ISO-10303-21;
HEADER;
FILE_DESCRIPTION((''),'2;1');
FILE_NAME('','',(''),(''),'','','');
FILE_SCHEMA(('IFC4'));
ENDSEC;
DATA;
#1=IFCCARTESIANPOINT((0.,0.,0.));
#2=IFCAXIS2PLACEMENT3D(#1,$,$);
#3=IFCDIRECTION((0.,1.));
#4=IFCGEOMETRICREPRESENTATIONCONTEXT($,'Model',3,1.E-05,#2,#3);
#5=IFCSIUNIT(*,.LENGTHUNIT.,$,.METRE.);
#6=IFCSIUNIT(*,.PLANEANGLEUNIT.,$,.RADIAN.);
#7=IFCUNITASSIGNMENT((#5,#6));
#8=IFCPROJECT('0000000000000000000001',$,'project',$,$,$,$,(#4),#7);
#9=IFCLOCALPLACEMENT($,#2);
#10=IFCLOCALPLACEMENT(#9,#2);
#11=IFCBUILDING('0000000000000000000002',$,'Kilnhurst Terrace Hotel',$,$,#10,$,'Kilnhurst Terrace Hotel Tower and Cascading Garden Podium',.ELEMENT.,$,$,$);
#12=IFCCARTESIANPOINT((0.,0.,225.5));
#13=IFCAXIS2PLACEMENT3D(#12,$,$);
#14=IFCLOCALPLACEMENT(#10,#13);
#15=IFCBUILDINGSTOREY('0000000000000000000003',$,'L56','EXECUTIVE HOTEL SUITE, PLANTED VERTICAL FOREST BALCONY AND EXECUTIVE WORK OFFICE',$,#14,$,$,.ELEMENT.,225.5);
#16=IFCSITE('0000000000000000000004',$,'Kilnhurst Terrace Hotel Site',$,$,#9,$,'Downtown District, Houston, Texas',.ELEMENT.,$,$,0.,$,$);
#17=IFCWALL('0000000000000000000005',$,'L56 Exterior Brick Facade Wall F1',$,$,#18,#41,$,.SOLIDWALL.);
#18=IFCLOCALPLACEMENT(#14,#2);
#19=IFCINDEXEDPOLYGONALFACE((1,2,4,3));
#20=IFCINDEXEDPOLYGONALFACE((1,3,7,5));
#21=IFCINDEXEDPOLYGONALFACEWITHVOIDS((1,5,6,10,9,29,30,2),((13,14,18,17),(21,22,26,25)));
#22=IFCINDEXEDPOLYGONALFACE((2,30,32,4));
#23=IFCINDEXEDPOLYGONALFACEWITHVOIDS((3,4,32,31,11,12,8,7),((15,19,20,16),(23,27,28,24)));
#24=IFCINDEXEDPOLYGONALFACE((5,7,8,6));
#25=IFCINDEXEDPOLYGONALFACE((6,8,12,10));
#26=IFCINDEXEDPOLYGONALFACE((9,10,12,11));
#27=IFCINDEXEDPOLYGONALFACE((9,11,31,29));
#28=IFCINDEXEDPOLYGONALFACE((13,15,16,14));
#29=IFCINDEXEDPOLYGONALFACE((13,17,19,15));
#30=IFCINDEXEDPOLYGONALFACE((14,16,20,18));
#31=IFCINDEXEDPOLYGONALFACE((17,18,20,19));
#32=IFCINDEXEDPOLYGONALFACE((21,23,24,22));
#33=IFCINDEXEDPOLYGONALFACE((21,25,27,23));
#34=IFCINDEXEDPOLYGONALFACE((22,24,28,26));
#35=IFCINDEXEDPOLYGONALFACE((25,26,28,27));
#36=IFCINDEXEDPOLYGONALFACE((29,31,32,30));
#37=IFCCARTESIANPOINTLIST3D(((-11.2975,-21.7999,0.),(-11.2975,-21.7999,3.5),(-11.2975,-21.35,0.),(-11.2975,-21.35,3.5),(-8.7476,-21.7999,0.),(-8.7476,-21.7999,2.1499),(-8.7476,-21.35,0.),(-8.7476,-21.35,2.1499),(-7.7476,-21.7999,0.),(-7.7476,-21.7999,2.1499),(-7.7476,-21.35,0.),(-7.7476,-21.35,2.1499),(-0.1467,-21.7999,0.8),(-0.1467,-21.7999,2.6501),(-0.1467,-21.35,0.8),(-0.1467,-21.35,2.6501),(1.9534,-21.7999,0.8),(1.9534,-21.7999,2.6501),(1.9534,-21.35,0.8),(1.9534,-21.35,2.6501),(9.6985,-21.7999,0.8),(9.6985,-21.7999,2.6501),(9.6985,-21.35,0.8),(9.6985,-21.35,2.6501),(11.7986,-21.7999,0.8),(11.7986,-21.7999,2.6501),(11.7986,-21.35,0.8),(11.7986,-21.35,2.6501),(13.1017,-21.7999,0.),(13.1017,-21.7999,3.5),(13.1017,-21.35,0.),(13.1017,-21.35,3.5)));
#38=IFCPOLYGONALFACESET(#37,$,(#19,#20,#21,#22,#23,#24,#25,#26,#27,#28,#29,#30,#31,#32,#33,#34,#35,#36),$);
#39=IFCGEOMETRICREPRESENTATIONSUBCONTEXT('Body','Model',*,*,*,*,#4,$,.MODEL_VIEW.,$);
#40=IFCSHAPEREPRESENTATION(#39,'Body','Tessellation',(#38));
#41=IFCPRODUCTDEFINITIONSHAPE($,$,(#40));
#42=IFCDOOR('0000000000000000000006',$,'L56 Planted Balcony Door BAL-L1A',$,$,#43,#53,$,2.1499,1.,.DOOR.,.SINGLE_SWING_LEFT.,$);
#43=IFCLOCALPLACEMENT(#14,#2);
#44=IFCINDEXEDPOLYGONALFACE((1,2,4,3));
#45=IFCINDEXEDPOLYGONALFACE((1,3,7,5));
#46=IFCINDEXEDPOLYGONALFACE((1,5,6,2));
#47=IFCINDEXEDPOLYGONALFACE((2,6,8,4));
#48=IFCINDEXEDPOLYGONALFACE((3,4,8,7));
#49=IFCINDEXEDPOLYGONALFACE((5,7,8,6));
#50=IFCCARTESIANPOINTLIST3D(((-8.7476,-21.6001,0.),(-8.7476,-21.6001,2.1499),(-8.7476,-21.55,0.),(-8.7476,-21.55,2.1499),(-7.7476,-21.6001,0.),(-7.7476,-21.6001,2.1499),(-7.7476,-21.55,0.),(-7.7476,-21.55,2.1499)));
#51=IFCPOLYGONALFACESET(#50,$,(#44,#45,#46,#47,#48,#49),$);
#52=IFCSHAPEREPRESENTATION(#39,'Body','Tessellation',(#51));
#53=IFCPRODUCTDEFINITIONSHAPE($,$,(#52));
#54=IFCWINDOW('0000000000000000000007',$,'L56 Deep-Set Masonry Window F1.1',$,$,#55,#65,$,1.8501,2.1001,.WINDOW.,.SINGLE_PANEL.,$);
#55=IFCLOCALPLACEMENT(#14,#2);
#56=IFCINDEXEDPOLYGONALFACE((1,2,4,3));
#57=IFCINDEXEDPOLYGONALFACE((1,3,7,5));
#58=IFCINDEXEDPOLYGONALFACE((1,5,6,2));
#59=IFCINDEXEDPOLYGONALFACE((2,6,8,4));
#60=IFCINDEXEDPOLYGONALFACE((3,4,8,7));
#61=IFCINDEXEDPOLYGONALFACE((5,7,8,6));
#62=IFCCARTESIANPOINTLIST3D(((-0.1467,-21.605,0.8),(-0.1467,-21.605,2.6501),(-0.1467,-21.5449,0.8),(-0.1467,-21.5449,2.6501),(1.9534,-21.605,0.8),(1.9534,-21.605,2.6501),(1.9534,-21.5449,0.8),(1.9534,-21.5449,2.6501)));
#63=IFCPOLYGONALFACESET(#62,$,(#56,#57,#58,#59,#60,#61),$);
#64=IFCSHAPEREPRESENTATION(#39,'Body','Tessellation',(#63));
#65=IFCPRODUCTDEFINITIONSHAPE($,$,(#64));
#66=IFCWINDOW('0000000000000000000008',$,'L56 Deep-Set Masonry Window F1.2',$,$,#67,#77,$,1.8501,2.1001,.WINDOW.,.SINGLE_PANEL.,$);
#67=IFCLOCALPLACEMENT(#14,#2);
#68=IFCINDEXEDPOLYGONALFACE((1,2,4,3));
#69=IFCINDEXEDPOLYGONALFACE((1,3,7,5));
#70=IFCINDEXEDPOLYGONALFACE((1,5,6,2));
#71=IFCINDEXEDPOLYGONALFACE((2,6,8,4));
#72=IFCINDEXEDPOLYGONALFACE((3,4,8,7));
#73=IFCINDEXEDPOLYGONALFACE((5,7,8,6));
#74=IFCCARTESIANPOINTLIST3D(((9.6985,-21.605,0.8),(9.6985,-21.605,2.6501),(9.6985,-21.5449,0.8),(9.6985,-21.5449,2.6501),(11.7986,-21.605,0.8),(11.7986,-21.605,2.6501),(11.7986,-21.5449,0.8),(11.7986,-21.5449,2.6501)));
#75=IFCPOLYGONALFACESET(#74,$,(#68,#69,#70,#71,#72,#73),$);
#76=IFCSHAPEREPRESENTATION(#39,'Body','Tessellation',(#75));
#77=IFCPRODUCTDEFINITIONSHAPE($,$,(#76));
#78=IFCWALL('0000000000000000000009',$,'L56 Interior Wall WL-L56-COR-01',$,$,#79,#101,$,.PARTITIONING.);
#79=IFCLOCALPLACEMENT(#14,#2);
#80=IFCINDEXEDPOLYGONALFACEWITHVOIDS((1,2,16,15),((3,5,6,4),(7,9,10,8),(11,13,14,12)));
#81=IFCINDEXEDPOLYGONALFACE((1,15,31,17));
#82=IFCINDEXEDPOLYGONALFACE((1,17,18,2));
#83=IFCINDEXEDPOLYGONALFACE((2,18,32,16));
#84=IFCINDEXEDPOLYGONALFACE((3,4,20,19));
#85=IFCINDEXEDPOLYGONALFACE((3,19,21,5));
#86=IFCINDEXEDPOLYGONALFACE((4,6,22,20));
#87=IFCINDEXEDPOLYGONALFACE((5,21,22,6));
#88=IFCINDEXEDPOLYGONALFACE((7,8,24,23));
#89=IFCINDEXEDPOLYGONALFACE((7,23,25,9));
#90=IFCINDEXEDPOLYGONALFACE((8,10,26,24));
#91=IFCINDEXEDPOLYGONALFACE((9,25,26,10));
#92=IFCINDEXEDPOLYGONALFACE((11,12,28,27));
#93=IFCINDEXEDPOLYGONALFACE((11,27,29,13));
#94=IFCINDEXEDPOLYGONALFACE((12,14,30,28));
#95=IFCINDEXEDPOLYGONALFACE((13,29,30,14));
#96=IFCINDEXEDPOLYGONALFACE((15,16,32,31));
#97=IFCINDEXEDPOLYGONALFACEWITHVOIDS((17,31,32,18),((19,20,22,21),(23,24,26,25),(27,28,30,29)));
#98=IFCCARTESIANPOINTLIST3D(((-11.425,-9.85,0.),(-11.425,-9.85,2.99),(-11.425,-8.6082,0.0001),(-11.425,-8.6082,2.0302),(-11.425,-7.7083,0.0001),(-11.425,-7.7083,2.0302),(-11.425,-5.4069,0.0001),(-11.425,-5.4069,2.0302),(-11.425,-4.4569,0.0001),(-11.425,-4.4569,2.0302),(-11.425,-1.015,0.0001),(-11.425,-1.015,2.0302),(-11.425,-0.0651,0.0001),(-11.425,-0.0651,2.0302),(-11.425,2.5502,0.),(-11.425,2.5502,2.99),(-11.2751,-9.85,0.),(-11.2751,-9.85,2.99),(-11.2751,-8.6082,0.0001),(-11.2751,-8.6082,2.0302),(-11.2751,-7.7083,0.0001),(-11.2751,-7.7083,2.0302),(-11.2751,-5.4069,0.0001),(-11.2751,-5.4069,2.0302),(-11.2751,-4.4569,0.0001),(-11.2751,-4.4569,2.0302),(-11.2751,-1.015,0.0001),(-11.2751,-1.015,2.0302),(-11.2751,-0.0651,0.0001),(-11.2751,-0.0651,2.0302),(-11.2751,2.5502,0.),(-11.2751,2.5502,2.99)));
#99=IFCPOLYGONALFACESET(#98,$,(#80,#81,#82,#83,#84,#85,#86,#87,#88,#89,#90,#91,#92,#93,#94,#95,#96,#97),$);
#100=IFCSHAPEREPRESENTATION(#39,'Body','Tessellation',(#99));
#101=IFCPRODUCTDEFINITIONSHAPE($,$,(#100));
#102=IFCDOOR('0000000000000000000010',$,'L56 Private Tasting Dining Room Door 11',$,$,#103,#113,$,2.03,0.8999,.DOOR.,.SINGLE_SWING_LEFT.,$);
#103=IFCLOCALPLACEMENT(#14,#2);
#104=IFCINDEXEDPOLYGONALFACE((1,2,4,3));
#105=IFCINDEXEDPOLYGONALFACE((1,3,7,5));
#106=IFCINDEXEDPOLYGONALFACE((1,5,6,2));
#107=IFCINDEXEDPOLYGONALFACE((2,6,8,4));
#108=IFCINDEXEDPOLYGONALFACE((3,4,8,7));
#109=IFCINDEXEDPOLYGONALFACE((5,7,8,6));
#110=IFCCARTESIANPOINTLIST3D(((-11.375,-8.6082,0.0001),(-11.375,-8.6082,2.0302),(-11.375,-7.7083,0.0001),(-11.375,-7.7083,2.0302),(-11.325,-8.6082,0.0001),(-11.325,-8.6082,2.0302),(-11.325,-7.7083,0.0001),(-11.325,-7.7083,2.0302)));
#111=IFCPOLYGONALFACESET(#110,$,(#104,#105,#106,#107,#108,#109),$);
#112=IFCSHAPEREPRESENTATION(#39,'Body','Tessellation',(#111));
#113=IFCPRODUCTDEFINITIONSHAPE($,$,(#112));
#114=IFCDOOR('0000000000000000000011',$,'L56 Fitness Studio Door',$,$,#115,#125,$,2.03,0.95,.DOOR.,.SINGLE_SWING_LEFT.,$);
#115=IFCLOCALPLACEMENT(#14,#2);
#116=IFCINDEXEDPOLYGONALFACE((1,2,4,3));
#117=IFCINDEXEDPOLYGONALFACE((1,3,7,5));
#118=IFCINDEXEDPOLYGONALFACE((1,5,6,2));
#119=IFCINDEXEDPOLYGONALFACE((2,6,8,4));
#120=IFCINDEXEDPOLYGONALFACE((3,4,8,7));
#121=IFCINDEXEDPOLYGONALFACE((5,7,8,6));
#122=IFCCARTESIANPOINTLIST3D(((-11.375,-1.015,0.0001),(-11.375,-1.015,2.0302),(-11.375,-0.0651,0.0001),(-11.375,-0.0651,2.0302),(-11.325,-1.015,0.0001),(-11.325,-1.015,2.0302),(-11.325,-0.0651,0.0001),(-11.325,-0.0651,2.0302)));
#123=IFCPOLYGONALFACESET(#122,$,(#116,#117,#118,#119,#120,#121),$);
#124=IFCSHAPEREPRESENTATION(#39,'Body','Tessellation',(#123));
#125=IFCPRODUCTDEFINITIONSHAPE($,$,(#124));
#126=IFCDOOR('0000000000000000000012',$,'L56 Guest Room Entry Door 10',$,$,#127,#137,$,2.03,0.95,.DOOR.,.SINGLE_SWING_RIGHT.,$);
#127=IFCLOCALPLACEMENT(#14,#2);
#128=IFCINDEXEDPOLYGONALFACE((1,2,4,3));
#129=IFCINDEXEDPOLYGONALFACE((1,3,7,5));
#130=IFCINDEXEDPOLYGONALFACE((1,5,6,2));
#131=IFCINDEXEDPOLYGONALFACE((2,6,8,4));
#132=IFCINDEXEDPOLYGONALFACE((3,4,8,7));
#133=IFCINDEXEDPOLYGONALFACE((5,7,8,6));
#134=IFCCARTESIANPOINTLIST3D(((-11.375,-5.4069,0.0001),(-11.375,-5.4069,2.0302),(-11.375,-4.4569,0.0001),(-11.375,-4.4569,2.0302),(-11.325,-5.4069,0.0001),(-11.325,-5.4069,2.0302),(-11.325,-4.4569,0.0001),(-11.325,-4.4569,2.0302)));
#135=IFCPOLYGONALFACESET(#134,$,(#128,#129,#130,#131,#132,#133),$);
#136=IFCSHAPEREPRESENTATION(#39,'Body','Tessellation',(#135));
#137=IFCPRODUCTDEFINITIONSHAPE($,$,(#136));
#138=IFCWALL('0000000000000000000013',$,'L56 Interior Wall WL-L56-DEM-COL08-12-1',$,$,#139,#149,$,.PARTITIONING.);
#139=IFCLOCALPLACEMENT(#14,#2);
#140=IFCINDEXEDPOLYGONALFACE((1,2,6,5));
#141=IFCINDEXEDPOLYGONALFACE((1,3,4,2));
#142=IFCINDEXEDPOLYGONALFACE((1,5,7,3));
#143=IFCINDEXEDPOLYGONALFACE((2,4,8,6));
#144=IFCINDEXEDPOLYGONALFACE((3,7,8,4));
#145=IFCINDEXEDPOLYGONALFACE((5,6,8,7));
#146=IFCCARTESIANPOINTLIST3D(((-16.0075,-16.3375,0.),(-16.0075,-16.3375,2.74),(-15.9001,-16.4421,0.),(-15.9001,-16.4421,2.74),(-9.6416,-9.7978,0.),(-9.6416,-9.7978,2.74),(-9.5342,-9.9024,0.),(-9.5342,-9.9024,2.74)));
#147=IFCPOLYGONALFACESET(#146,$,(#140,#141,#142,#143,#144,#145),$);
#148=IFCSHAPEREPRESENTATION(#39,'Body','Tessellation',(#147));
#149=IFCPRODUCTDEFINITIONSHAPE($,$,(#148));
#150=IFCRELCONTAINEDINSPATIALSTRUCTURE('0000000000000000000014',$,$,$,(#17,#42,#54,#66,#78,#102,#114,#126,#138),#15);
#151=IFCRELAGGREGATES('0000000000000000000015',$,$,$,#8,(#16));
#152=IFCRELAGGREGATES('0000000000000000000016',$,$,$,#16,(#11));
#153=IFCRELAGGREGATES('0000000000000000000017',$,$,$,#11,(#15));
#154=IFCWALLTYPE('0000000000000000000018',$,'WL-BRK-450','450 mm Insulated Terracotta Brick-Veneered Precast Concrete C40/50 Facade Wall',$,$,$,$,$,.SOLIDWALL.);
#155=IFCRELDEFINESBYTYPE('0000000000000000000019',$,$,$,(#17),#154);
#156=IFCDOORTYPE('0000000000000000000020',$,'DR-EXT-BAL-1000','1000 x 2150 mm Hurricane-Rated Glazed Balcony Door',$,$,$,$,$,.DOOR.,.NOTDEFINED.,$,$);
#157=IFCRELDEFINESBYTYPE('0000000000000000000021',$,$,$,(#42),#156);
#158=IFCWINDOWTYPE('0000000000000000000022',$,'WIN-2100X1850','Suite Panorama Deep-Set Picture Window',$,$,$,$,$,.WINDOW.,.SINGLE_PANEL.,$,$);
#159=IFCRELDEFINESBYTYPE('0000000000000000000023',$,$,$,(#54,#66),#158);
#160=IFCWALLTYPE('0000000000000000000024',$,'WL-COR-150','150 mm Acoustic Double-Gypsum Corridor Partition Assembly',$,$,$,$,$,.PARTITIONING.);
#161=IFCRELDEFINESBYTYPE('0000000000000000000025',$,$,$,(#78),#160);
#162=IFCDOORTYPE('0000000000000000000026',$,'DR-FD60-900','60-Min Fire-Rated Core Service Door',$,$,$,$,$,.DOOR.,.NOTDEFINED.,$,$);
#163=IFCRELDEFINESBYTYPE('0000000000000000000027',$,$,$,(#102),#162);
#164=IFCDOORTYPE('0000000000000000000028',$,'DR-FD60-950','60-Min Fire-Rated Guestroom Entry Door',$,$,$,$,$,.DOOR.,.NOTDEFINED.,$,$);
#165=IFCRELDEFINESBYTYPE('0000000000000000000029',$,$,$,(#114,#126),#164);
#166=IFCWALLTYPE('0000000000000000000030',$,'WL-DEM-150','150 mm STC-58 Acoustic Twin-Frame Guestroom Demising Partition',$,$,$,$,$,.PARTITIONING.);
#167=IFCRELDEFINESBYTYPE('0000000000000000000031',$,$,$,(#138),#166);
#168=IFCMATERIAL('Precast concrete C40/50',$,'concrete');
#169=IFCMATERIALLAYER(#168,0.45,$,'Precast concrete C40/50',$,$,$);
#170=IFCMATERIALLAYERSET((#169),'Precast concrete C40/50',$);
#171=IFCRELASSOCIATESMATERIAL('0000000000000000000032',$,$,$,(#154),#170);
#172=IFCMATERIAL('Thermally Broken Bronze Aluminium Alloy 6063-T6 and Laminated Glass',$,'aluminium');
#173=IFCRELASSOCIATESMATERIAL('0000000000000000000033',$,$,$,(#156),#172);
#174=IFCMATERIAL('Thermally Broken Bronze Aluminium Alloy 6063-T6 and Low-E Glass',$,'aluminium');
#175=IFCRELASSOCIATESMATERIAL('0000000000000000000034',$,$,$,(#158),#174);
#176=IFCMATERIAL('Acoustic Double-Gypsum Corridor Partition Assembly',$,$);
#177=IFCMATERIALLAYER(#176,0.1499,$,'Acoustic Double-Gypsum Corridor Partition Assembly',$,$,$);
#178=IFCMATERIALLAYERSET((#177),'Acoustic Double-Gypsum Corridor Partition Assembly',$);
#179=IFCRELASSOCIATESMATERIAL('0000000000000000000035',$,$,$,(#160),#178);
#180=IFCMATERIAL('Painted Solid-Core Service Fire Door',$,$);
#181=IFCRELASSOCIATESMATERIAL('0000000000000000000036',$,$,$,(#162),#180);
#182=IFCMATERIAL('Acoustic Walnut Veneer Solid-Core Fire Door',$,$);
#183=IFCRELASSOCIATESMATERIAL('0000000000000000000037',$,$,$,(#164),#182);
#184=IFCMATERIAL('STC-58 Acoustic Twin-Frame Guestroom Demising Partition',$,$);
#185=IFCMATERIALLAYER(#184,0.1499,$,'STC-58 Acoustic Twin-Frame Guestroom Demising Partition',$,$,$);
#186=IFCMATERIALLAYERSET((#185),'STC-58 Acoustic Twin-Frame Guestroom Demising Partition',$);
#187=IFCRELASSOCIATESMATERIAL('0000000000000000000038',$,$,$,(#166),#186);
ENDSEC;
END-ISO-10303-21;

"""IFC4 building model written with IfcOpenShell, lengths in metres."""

from ifc_helpers import new_model, si_unit, direction, frame, frame_2d, origin, place, context, subcontext, project, spatial, rectangle, extrude, material, layer, layer_set, type_object, element, fill, save


model = new_model("IFC4")

# Units and contexts
model_context = context("Model", 3, precision=1e-05, world=origin(), true_north=direction((0.0, 1.0)))
body_context = subcontext(model_context, "Body", "Model", "MODEL_VIEW")
ifc_project = project(units=[si_unit("LENGTHUNIT", "METRE"), si_unit("PLANEANGLEUNIT", "RADIAN")], contexts=[model_context])

# Site, building, storey
site_placement = place(None, origin())
site = spatial("IfcSite", under=ifc_project, at=site_placement, Name="Kilnhurst Terrace Hotel Site", LongName="Downtown District, Houston, Texas", CompositionType="ELEMENT", RefElevation=0.0)
building_placement = place(site_placement, origin())
building = spatial("IfcBuilding", under=site, at=building_placement, Name="Kilnhurst Terrace Hotel", LongName="Kilnhurst Terrace Hotel Tower and Cascading Garden Podium", CompositionType="ELEMENT")
storey_placement = place(building_placement, frame((0.0, 0.0, 225.5)))
storey = spatial("IfcBuildingStorey", under=building, at=storey_placement, Name="L56", Description="EXECUTIVE HOTEL SUITE, PLANTED VERTICAL FOREST BALCONY AND EXECUTIVE WORK OFFICE", CompositionType="ELEMENT", Elevation=225.5)

# Shared definitions
ifc_material_1 = material(Name="Precast concrete C40/50", Category="concrete")
ifc_layer_1 = layer(ifc_material_1, 0.45, Name="Precast concrete C40/50")
ifc_layer_set_1 = layer_set([ifc_layer_1], Name="Precast concrete C40/50")
wall_type_1 = type_object("IfcWallType", Name="WL-BRK-450", Description="450 mm Insulated Terracotta Brick-Veneered Precast Concrete C40/50 Facade Wall", PredefinedType="SOLIDWALL", material=ifc_layer_set_1)

# Wall, openings, door, windows
wall_1_placement = place(storey_placement, frame((-11.2976, -21.575, 0.0), z_axis=(0.0, 0.0, 1.0), x_axis=(1.0, 0.0, 0.0)))
wall_1 = element("IfcWall", 1, at=wall_1_placement, inside=storey, type_object=wall_type_1, Name="L56 Exterior Brick Facade Wall F1", PredefinedType="SOLIDWALL", context=body_context, shape_type="SweptSolid", body=[
    extrude(rectangle(XDim=24.3992, YDim=0.45, at=frame_2d((12.1997, 0.0))), origin(), (0.0, 0.0, 1.0), 3.5),
])
opening_1_placement = place(wall_1_placement, frame((2.55, 0.0, 0.0)))
opening_1 = element("IfcOpeningElement", 2, at=opening_1_placement, cuts=wall_1, PredefinedType="OPENING", context=body_context, shape_type="SweptSolid", body=[
    extrude(rectangle(XDim=1.0, YDim=2.1499, at=frame_2d((0.5, 1.075))), frame((0.0, 0.2349, 0.0), z_axis=(0.0, -1.0, 0.0), x_axis=(1.0, 0.0, 0.0)), (0.0, 0.0, 1.0), 0.47),
])
opening_2_placement = place(wall_1_placement, frame((11.1509, 0.0, 0.8)))
opening_2 = element("IfcOpeningElement", 3, at=opening_2_placement, cuts=wall_1, PredefinedType="OPENING", context=body_context, shape_type="SweptSolid", body=[
    extrude(rectangle(XDim=2.1001, YDim=1.8501, at=frame_2d((1.05, 0.925))), frame((0.0, 0.2349, 0.0), z_axis=(0.0, -1.0, 0.0), x_axis=(1.0, 0.0, 0.0)), (0.0, 0.0, 1.0), 0.47),
])
opening_3_placement = place(wall_1_placement, frame((20.9961, 0.0, 0.8)))
opening_3 = element("IfcOpeningElement", 4, at=opening_3_placement, cuts=wall_1, PredefinedType="OPENING", context=body_context, shape_type="SweptSolid", body=[
    extrude(rectangle(XDim=2.1001, YDim=1.8501, at=frame_2d((1.05, 0.925))), frame((0.0, 0.2349, 0.0), z_axis=(0.0, -1.0, 0.0), x_axis=(1.0, 0.0, 0.0)), (0.0, 0.0, 1.0), 0.47),
])
ifc_material_2 = material(Name="Thermally Broken Bronze Aluminium Alloy 6063-T6 and Laminated Glass", Category="aluminium")
door_type_1 = type_object("IfcDoorType", Name="DR-EXT-BAL-1000", Description="1000 x 2150 mm Hurricane-Rated Glazed Balcony Door", OperationType="NOTDEFINED", PredefinedType="DOOR", material=ifc_material_2)
door_1_placement = place(opening_1_placement, origin())
door_1 = element("IfcDoor", 5, at=door_1_placement, inside=storey, type_object=door_type_1, Name="L56 Planted Balcony Door BAL-L1A", OperationType="SINGLE_SWING_LEFT", OverallHeight=2.1499, OverallWidth=1.0, PredefinedType="DOOR", context=body_context, shape_type="SweptSolid", body=[
    extrude(rectangle(XDim=1.0, YDim=2.1499, at=frame_2d((0.5, 1.075))), frame((0.0, 0.0249, 0.0), z_axis=(0.0, -1.0, 0.0), x_axis=(1.0, 0.0, 0.0)), (0.0, 0.0, 1.0), 0.05),
])
fill(opening_1, door_1)
ifc_material_3 = material(Name="Thermally Broken Bronze Aluminium Alloy 6063-T6 and Low-E Glass", Category="aluminium")
window_type = type_object("IfcWindowType", Name="WIN-2100X1850", Description="Suite Panorama Deep-Set Picture Window", PartitioningType="SINGLE_PANEL", PredefinedType="WINDOW", material=ifc_material_3)
window_1_placement = place(opening_2_placement, origin())
window_1 = element("IfcWindow", 6, at=window_1_placement, inside=storey, type_object=window_type, Name="L56 Deep-Set Masonry Window F1.1", OverallHeight=1.8501, OverallWidth=2.1001, PartitioningType="SINGLE_PANEL", PredefinedType="WINDOW", context=body_context, shape_type="SweptSolid", body=[
    extrude(rectangle(XDim=2.1001, YDim=1.8501, at=frame_2d((1.05, 0.925))), frame((0.0, 0.03, 0.0), z_axis=(0.0, -1.0, 0.0), x_axis=(1.0, 0.0, 0.0)), (0.0, 0.0, 1.0), 0.0601),
])
fill(opening_2, window_1)
window_2_placement = place(opening_3_placement, origin())
window_2 = element("IfcWindow", 7, at=window_2_placement, inside=storey, type_object=window_type, Name="L56 Deep-Set Masonry Window F1.2", OverallHeight=1.8501, OverallWidth=2.1001, PartitioningType="SINGLE_PANEL", PredefinedType="WINDOW", context=body_context, shape_type="SweptSolid", body=[
    extrude(rectangle(XDim=2.1001, YDim=1.8501, at=frame_2d((1.05, 0.925))), frame((0.0, 0.03, 0.0), z_axis=(0.0, -1.0, 0.0), x_axis=(1.0, 0.0, 0.0)), (0.0, 0.0, 1.0), 0.0601),
])
fill(opening_3, window_2)

# Wall, openings, doors
ifc_material_4 = material(Name="Acoustic Double-Gypsum Corridor Partition Assembly")
ifc_layer_2 = layer(ifc_material_4, 0.1499, Name="Acoustic Double-Gypsum Corridor Partition Assembly")
ifc_layer_set_2 = layer_set([ifc_layer_2], Name="Acoustic Double-Gypsum Corridor Partition Assembly")
wall_type_2 = type_object("IfcWallType", Name="WL-COR-150", Description="150 mm Acoustic Double-Gypsum Corridor Partition Assembly", PredefinedType="PARTITIONING", material=ifc_layer_set_2)
wall_2_placement = place(storey_placement, frame((-11.3501, -9.8501, 0.0), z_axis=(0.0, 0.0, 1.0), x_axis=(0.0, 1.0, 0.0)))
wall_2 = element("IfcWall", 8, at=wall_2_placement, inside=storey, type_object=wall_type_2, Name="L56 Interior Wall WL-L56-COR-01", PredefinedType="PARTITIONING", context=body_context, shape_type="SweptSolid", body=[
    extrude(rectangle(XDim=12.4001, YDim=0.1499, at=frame_2d((6.2002, 0.0))), origin(), (0.0, 0.0, 1.0), 2.99),
])
opening_4_placement = place(wall_2_placement, frame((8.835, 0.0, 0.0)))
opening_4 = element("IfcOpeningElement", 9, at=opening_4_placement, cuts=wall_2, PredefinedType="OPENING", context=body_context, shape_type="SweptSolid", body=[
    extrude(rectangle(XDim=0.95, YDim=2.03, at=frame_2d((0.4751, 1.0151))), frame((0.0, 0.085, 0.0), z_axis=(0.0, -1.0, 0.0), x_axis=(1.0, 0.0, 0.0)), (0.0, 0.0, 1.0), 0.1699),
])
opening_5_placement = place(wall_2_placement, frame((4.4431, 0.0, 0.0)))
opening_5 = element("IfcOpeningElement", 10, at=opening_5_placement, cuts=wall_2, PredefinedType="OPENING", context=body_context, shape_type="SweptSolid", body=[
    extrude(rectangle(XDim=0.95, YDim=2.03, at=frame_2d((0.4751, 1.0151))), frame((0.0, 0.085, 0.0), z_axis=(0.0, -1.0, 0.0), x_axis=(1.0, 0.0, 0.0)), (0.0, 0.0, 1.0), 0.1699),
])
opening_6_placement = place(wall_2_placement, frame((1.2419, 0.0, 0.0)))
opening_6 = element("IfcOpeningElement", 11, at=opening_6_placement, cuts=wall_2, PredefinedType="OPENING", context=body_context, shape_type="SweptSolid", body=[
    extrude(rectangle(XDim=0.8999, YDim=2.03, at=frame_2d((0.45, 1.0151))), frame((0.0, 0.085, 0.0), z_axis=(0.0, -1.0, 0.0), x_axis=(1.0, 0.0, 0.0)), (0.0, 0.0, 1.0), 0.1699),
])
ifc_material_5 = material(Name="Painted Solid-Core Service Fire Door")
door_type_2 = type_object("IfcDoorType", Name="DR-FD60-900", Description="60-Min Fire-Rated Core Service Door", OperationType="NOTDEFINED", PredefinedType="DOOR", material=ifc_material_5)
door_2_placement = place(opening_6_placement, origin())
door_2 = element("IfcDoor", 12, at=door_2_placement, inside=storey, type_object=door_type_2, Name="L56 Private Tasting Dining Room Door 11", OperationType="SINGLE_SWING_LEFT", OverallHeight=2.03, OverallWidth=0.8999, PredefinedType="DOOR", context=body_context, shape_type="SweptSolid", body=[
    extrude(rectangle(XDim=0.8999, YDim=2.03, at=frame_2d((0.45, 1.0151))), frame((0.0, 0.0249, 0.0), z_axis=(0.0, -1.0, 0.0), x_axis=(1.0, 0.0, 0.0)), (0.0, 0.0, 1.0), 0.05),
])
fill(opening_6, door_2)
ifc_material_6 = material(Name="Acoustic Walnut Veneer Solid-Core Fire Door")
door_type_3 = type_object("IfcDoorType", Name="DR-FD60-950", Description="60-Min Fire-Rated Guestroom Entry Door", OperationType="NOTDEFINED", PredefinedType="DOOR", material=ifc_material_6)
door_3_placement = place(opening_4_placement, origin())
door_3 = element("IfcDoor", 13, at=door_3_placement, inside=storey, type_object=door_type_3, Name="L56 Fitness Studio Door", OperationType="SINGLE_SWING_LEFT", OverallHeight=2.03, OverallWidth=0.95, PredefinedType="DOOR", context=body_context, shape_type="SweptSolid", body=[
    extrude(rectangle(XDim=0.95, YDim=2.03, at=frame_2d((0.4751, 1.0151))), frame((0.0, 0.0249, 0.0), z_axis=(0.0, -1.0, 0.0), x_axis=(1.0, 0.0, 0.0)), (0.0, 0.0, 1.0), 0.05),
])
fill(opening_4, door_3)
door_4_placement = place(opening_5_placement, origin())
door_4 = element("IfcDoor", 14, at=door_4_placement, inside=storey, type_object=door_type_3, Name="L56 Guest Room Entry Door 10", OperationType="SINGLE_SWING_RIGHT", OverallHeight=2.03, OverallWidth=0.95, PredefinedType="DOOR", context=body_context, shape_type="SweptSolid", body=[
    extrude(rectangle(XDim=0.95, YDim=2.03, at=frame_2d((0.4751, 1.0151))), frame((0.0, 0.0249, 0.0), z_axis=(0.0, -1.0, 0.0), x_axis=(1.0, 0.0, 0.0)), (0.0, 0.0, 1.0), 0.05),
])
fill(opening_5, door_4)

# Wall
ifc_material_7 = material(Name="STC-58 Acoustic Twin-Frame Guestroom Demising Partition")
ifc_layer_3 = layer(ifc_material_7, 0.1499, Name="STC-58 Acoustic Twin-Frame Guestroom Demising Partition")
ifc_layer_set_3 = layer_set([ifc_layer_3], Name="STC-58 Acoustic Twin-Frame Guestroom Demising Partition")
wall_type_3 = type_object("IfcWallType", Name="WL-DEM-150", Description="150 mm STC-58 Acoustic Twin-Frame Guestroom Demising Partition", PredefinedType="PARTITIONING", material=ifc_layer_set_3)
wall_3_placement = place(storey_placement, frame((-9.5879, -9.8501, 0.0), z_axis=(0.0, 0.0, 1.0), x_axis=(-0.697519, -0.716566, 0.0)))
element("IfcWall", 15, at=wall_3_placement, inside=storey, type_object=wall_type_3, Name="L56 Interior Wall WL-L56-DEM-COL08-12-1", PredefinedType="PARTITIONING", context=body_context, shape_type="SweptSolid", body=[
    extrude(rectangle(XDim=9.1265, YDim=0.1499, at=frame_2d((4.5632, 0.0))), origin(), (0.0, 0.0, 1.0), 2.74),
])

save(model, "model.ifc")
